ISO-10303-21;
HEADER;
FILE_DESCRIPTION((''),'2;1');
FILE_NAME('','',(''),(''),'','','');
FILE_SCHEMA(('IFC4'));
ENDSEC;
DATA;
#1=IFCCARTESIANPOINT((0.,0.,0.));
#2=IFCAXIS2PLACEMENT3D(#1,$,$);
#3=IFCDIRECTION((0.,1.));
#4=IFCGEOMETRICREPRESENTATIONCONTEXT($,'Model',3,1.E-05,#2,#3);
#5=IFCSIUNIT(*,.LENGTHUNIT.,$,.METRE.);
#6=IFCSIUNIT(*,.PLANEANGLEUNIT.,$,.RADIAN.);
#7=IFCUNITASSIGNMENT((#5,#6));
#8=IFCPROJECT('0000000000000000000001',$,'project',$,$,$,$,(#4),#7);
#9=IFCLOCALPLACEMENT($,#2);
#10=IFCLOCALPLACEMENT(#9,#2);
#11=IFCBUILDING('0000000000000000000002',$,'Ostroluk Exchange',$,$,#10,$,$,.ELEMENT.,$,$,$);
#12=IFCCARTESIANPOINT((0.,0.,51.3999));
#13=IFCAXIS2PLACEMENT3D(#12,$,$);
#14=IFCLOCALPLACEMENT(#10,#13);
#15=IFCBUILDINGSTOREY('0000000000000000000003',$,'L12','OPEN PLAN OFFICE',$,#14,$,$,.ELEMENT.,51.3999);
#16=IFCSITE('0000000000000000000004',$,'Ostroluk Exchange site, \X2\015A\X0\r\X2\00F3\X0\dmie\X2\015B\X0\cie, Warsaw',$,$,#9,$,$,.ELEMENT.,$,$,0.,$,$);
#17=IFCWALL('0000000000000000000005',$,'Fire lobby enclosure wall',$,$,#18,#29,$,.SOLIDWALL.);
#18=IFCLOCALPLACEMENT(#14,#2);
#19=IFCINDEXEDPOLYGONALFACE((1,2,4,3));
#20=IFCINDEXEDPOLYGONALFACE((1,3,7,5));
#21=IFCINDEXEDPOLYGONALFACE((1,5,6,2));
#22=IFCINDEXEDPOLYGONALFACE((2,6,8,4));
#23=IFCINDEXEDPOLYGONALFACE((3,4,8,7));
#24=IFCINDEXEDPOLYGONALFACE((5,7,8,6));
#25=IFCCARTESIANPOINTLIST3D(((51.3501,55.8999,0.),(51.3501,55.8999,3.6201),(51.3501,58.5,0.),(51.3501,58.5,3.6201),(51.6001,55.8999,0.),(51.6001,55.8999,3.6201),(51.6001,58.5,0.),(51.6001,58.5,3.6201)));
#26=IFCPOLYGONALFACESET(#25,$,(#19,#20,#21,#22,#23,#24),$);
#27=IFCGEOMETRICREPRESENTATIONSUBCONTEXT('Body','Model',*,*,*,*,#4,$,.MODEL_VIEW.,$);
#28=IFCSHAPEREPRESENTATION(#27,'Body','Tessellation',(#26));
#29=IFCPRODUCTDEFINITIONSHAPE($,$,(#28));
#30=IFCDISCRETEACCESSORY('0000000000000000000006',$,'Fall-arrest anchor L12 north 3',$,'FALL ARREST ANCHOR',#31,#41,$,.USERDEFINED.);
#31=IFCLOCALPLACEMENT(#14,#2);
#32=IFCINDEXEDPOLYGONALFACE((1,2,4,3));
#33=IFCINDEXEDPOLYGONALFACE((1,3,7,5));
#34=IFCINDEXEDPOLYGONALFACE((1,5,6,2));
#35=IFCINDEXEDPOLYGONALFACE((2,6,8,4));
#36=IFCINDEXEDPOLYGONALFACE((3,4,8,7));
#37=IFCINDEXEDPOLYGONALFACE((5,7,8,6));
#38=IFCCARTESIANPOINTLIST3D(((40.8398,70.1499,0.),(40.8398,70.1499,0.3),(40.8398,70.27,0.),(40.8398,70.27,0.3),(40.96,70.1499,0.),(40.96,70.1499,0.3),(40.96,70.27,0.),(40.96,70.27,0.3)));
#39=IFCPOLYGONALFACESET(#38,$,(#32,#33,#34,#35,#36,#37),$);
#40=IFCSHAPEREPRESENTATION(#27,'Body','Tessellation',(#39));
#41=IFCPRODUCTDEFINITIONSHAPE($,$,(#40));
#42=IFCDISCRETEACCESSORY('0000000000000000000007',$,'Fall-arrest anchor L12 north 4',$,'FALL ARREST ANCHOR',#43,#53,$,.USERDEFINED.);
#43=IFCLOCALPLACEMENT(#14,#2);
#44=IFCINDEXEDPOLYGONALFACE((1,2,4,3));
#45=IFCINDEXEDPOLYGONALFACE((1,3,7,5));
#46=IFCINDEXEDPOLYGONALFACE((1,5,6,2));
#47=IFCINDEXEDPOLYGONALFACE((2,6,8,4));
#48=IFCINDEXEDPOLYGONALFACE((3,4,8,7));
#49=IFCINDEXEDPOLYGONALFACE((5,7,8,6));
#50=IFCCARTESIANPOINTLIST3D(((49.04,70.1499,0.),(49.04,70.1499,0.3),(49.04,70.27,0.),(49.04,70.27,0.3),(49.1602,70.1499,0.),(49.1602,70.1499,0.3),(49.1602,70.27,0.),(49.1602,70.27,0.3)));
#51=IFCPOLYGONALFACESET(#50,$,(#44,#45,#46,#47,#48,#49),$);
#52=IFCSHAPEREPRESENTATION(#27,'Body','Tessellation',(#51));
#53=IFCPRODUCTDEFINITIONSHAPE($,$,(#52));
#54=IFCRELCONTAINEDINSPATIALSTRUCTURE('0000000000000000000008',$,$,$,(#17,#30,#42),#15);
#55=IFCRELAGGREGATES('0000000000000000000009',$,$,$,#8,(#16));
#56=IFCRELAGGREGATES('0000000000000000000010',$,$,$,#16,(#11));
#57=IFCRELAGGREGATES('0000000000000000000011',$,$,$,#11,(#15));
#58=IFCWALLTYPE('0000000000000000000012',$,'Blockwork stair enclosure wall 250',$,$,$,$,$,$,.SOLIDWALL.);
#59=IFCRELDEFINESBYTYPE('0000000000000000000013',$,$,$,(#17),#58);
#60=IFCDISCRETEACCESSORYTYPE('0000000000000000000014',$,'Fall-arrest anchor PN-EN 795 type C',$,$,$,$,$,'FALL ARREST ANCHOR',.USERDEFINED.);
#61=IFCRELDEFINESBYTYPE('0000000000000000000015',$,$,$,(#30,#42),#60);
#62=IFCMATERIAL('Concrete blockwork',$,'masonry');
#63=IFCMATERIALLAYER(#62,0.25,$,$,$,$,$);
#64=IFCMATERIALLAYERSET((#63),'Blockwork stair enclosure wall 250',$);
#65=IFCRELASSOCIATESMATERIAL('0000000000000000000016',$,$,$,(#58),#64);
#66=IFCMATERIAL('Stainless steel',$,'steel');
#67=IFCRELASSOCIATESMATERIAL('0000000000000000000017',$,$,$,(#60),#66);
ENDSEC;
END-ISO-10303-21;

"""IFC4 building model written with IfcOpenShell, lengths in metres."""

from ifc_helpers import new_model, si_unit, direction, frame, frame_2d, origin, origin_2d, place, context, subcontext, project, spatial, rectangle, extrude, material, layer, layer_set, type_object, element, save


model = new_model("IFC4")

# Units and contexts
model_context = context("Model", 3, precision=1e-05, world=origin(), true_north=direction((0.0, 1.0)))
body_context = subcontext(model_context, "Body", "Model", "MODEL_VIEW")
ifc_project = project(units=[si_unit("LENGTHUNIT", "METRE"), si_unit("PLANEANGLEUNIT", "RADIAN")], contexts=[model_context])

# Site, building, storey
site_placement = place(None, origin())
site = spatial("IfcSite", under=ifc_project, at=site_placement, Name="Ostroluk Exchange site, Śródmieście, Warsaw", CompositionType="ELEMENT", RefElevation=0.0)
building_placement = place(site_placement, origin())
building = spatial("IfcBuilding", under=site, at=building_placement, Name="Ostroluk Exchange", CompositionType="ELEMENT")
storey_placement = place(building_placement, frame((0.0, 0.0, 51.3999)))
storey = spatial("IfcBuildingStorey", under=building, at=storey_placement, Name="L12", Description="OPEN PLAN OFFICE", CompositionType="ELEMENT", Elevation=51.3999)

# Wall
ifc_material_1 = material(Name="Concrete blockwork", Category="masonry")
ifc_layer_1 = layer(ifc_material_1, 0.25)
ifc_layer_set_1 = layer_set([ifc_layer_1], Name="Blockwork stair enclosure wall 250")
wall_type = type_object("IfcWallType", Name="Blockwork stair enclosure wall 250", PredefinedType="SOLIDWALL", material=ifc_layer_set_1)
for number, where, z_axis, x_axis, name in (
    (1, (51.4751, 55.8999, 0.0), (0.0, 0.0, 1.0), (0.0, 1.0, 0.0), "Fire lobby enclosure wall"),
):
    element("IfcWall", number, at=place(storey_placement, frame(where, z_axis=z_axis, x_axis=x_axis)), inside=storey, type_object=wall_type, Name=name, PredefinedType="SOLIDWALL", context=body_context, shape_type="SweptSolid", body=[
        extrude(rectangle(XDim=2.6001, YDim=0.25, at=frame_2d((1.3, 0.0))), origin(), (0.0, 0.0, 1.0), 3.6201),
    ])

# Discrete accessories
ifc_material_2 = material(Name="Stainless steel", Category="steel")
discrete_accessory_type = type_object("IfcDiscreteAccessoryType", Name="Fall-arrest anchor PN-EN 795 type C", ElementType="FALL ARREST ANCHOR", PredefinedType="USERDEFINED", material=ifc_material_2)
for number, where, z_axis, x_axis, name in (
    (2, (40.8999, 70.21, 0.0), (0.0, 0.0, 1.0), (1.0, 0.0, 0.0), "Fall-arrest anchor L12 north 3"),
    (3, (49.1001, 70.21, 0.0), (0.0, 0.0, 1.0), (1.0, 0.0, 0.0), "Fall-arrest anchor L12 north 4"),
):
    element("IfcDiscreteAccessory", number, at=place(storey_placement, frame(where, z_axis=z_axis, x_axis=x_axis)), inside=storey, type_object=discrete_accessory_type, Name=name, ObjectType="FALL ARREST ANCHOR", PredefinedType="USERDEFINED", context=body_context, shape_type="SweptSolid", body=[
        extrude(rectangle(XDim=0.1201, YDim=0.1201, at=origin_2d()), origin(), (0.0, 0.0, 1.0), 0.3),
    ])

save(model, "model.ifc")
